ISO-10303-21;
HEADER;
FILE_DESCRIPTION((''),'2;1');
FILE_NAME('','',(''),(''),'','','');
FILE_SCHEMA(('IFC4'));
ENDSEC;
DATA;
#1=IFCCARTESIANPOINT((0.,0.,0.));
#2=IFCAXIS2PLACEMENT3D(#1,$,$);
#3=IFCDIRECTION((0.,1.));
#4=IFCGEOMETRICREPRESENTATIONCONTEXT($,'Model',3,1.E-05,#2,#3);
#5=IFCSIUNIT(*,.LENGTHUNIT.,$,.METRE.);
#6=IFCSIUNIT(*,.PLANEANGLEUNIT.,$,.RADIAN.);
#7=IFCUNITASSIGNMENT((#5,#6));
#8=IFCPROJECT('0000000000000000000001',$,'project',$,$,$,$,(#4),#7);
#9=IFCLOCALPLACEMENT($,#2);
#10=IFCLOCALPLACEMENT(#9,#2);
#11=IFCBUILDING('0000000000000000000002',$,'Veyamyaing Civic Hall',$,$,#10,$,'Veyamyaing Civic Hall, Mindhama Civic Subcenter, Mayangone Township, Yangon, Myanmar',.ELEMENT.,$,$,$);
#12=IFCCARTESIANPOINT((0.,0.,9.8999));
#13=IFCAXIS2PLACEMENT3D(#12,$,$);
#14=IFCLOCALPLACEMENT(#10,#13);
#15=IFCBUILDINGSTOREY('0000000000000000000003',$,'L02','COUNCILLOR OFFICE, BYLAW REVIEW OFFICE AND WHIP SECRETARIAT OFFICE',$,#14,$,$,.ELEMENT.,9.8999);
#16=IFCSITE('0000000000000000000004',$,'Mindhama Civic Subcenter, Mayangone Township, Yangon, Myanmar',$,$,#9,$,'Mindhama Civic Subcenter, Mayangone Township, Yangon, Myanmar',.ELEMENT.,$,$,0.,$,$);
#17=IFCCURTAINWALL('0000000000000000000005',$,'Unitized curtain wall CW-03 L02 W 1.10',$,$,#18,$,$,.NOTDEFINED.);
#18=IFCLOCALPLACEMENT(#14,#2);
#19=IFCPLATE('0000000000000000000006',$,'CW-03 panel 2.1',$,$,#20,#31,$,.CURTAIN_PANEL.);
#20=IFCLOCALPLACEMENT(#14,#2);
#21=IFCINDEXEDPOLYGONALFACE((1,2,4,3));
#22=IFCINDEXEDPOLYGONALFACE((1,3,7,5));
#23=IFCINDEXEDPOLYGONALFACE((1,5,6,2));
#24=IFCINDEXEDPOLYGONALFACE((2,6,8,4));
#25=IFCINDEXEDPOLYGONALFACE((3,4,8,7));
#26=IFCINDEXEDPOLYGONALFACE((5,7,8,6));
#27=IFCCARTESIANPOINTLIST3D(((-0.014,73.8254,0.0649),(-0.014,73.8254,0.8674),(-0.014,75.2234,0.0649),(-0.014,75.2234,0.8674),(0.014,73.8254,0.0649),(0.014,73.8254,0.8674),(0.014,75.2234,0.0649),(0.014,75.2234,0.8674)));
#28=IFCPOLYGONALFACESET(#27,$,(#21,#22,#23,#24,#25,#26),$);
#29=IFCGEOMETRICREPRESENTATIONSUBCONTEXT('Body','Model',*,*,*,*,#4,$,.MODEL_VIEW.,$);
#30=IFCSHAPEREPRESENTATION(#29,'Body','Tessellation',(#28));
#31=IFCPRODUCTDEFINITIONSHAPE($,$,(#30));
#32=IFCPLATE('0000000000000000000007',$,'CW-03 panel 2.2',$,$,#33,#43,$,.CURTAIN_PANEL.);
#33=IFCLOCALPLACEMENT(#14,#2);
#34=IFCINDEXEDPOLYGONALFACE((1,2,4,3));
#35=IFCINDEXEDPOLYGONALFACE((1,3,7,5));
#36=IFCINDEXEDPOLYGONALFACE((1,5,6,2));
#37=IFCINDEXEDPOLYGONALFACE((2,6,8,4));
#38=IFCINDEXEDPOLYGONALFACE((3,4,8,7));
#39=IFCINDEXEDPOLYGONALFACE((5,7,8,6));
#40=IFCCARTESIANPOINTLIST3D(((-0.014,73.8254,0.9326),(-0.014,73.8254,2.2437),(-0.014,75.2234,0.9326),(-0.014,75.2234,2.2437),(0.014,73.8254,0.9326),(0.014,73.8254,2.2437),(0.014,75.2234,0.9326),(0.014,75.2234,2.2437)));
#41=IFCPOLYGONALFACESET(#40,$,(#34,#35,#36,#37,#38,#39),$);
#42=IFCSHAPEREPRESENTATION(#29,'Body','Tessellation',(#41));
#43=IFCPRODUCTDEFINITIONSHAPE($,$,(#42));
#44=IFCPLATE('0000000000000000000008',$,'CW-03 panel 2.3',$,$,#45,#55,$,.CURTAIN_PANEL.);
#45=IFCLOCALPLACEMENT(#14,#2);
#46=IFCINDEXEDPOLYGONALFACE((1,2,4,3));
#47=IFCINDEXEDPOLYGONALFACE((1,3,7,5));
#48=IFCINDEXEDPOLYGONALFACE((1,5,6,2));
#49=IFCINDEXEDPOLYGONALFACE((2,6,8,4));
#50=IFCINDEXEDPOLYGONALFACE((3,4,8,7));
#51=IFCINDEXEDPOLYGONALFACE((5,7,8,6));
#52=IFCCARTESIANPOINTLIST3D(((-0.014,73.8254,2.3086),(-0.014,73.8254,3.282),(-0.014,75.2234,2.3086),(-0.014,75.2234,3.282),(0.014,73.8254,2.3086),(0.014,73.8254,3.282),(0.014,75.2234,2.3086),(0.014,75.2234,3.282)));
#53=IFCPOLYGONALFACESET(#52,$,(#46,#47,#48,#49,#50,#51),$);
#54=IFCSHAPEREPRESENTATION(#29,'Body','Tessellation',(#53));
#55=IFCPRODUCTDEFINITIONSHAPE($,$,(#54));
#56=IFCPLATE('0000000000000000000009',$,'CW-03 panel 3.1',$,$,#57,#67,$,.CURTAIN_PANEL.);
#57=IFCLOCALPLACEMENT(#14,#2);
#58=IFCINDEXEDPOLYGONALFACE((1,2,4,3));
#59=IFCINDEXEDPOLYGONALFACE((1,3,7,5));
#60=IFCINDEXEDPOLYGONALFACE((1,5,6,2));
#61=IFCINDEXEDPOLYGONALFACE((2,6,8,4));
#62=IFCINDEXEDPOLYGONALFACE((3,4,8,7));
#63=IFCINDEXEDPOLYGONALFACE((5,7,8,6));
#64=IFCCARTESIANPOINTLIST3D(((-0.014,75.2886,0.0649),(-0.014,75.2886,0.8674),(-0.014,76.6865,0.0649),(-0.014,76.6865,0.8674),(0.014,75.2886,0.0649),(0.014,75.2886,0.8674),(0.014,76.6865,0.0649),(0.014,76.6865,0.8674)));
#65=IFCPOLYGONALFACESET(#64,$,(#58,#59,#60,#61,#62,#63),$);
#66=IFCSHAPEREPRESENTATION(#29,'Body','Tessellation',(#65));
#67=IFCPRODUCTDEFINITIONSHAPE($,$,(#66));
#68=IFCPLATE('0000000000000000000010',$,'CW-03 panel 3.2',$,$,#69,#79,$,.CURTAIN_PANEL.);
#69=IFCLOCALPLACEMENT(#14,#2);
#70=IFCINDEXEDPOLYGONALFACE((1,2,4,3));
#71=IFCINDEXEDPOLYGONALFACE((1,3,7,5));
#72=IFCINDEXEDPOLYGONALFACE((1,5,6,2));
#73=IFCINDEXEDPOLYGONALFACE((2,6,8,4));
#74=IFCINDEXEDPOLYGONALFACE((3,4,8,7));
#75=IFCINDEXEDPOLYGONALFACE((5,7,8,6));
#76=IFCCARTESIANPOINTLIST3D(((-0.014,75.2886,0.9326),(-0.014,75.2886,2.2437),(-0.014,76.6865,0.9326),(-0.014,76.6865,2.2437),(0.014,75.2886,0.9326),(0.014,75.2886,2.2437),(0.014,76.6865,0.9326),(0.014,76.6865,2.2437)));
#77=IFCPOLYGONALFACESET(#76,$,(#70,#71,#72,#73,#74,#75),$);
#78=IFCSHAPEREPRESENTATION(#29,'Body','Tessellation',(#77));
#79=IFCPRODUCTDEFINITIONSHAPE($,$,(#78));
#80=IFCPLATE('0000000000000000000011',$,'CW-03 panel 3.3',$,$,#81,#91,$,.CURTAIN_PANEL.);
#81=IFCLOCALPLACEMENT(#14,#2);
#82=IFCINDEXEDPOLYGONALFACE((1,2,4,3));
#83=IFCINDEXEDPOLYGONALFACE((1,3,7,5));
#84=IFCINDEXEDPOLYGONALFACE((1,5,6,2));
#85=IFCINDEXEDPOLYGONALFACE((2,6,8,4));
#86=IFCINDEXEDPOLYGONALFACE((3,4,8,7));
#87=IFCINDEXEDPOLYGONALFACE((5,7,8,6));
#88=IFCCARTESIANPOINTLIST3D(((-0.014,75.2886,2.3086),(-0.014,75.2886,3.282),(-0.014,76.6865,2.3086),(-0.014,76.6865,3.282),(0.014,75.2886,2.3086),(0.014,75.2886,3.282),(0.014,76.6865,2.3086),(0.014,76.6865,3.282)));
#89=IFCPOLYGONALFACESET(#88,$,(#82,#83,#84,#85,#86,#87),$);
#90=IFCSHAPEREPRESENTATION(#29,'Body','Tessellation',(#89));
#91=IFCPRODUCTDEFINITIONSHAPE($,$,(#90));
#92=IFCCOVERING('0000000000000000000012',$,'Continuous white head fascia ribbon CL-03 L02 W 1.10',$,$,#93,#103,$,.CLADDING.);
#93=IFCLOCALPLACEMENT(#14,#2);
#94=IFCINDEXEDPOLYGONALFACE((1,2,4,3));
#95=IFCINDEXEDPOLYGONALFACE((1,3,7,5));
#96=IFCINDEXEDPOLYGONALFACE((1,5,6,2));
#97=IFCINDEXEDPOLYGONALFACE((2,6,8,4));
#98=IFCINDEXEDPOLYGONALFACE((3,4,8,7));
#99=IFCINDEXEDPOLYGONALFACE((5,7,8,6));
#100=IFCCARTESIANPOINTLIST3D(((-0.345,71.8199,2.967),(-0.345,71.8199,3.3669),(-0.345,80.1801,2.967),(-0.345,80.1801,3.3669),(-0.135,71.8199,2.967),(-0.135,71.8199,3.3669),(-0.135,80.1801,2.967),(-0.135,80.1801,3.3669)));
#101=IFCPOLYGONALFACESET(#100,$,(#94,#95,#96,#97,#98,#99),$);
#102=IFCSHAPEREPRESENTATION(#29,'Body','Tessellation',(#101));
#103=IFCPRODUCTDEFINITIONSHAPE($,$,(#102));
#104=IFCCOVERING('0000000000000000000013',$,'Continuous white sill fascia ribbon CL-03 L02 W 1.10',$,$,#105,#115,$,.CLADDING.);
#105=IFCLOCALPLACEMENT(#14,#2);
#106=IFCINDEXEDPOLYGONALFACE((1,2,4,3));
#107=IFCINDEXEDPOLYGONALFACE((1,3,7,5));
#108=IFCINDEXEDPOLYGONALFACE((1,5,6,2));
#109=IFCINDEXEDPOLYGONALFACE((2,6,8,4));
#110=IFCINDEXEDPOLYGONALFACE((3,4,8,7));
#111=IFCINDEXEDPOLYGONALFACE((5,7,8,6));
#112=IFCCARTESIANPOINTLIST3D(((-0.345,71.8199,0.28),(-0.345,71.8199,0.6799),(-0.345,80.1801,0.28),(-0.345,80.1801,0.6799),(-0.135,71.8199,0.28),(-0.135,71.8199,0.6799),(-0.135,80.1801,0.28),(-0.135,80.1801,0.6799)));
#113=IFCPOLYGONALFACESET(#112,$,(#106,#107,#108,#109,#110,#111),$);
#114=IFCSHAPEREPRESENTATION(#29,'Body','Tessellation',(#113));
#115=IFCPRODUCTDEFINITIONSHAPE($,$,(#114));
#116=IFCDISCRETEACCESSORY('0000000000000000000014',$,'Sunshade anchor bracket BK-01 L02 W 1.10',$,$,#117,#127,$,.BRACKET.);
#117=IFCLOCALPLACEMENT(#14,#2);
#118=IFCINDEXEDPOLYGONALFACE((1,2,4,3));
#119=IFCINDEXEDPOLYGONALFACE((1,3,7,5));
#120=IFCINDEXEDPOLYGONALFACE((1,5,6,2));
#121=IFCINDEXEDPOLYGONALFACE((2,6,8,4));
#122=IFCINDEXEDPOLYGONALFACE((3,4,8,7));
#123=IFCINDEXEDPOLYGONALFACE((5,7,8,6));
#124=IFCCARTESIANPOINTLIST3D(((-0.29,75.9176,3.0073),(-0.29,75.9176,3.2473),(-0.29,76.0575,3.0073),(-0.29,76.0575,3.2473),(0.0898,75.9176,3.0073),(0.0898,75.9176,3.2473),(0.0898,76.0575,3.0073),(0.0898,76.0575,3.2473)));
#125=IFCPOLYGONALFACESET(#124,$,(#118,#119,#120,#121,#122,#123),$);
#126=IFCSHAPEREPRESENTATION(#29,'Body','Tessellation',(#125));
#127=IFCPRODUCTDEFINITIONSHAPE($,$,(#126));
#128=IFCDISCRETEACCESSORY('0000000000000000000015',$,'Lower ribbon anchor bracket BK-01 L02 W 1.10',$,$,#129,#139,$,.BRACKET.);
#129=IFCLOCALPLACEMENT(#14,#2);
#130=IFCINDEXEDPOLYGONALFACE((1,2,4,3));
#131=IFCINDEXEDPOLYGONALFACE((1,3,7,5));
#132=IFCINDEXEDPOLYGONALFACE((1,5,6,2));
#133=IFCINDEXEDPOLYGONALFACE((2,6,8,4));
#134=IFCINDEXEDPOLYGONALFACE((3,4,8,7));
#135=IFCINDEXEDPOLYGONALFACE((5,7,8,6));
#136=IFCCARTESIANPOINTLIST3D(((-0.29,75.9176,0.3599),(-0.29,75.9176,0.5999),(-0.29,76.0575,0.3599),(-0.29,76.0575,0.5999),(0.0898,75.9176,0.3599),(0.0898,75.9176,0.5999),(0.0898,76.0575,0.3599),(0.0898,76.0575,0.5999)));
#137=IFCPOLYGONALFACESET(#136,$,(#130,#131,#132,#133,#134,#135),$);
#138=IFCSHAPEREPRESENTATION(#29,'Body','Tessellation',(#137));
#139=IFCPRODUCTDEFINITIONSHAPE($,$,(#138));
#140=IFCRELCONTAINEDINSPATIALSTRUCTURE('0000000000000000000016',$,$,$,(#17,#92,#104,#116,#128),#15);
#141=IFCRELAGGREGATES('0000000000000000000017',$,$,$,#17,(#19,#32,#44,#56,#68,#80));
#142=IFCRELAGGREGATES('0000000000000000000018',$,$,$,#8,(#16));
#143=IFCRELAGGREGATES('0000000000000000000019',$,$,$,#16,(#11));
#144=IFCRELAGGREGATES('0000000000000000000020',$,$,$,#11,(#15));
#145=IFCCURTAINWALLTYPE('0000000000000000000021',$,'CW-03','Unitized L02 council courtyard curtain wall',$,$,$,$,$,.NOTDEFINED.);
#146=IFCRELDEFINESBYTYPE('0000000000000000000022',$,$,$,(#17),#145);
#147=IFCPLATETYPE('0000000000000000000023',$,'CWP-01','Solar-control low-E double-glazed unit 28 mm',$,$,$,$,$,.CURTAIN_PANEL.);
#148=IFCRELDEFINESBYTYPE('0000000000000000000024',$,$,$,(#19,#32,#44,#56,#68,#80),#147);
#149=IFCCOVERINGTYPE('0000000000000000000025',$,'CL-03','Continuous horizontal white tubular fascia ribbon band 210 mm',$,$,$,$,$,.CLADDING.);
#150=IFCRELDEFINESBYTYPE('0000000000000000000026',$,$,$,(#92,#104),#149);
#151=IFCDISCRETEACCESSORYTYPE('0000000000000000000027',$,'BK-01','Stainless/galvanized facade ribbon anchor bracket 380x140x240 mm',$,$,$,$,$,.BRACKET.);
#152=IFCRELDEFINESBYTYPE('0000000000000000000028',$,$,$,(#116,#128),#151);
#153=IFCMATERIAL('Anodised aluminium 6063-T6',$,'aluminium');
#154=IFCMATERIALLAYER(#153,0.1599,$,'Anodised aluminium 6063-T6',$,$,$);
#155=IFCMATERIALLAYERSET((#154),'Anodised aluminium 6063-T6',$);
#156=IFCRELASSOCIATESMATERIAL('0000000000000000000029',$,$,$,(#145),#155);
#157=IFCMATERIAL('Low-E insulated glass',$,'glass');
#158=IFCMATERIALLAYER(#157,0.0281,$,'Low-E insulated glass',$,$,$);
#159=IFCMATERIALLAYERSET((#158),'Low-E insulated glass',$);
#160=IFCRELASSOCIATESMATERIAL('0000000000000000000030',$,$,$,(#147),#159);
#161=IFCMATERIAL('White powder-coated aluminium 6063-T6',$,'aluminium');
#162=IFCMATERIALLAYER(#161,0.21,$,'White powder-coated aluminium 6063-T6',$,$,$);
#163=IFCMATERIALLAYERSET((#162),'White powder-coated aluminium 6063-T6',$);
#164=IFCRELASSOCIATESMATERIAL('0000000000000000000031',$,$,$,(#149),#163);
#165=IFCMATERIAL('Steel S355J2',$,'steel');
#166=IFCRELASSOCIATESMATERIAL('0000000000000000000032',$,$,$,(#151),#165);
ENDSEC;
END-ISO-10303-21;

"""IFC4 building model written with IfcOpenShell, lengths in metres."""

from ifc_helpers import new_model, si_unit, direction, frame, origin, origin_2d, place, context, subcontext, project, spatial, rectangle, extrude, material, layer, layer_set, type_object, element, aggregate, save


model = new_model("IFC4")

# Units and contexts
model_context = context("Model", 3, precision=1e-05, world=origin(), true_north=direction((0.0, 1.0)))
body_context = subcontext(model_context, "Body", "Model", "MODEL_VIEW")
ifc_project = project(units=[si_unit("LENGTHUNIT", "METRE"), si_unit("PLANEANGLEUNIT", "RADIAN")], contexts=[model_context])

# Site, building, storey
site_placement = place(None, origin())
site = spatial("IfcSite", under=ifc_project, at=site_placement, Name="Mindhama Civic Subcenter, Mayangone Township, Yangon, Myanmar", LongName="Mindhama Civic Subcenter, Mayangone Township, Yangon, Myanmar", CompositionType="ELEMENT", RefElevation=0.0)
building_placement = place(site_placement, origin())
building = spatial("IfcBuilding", under=site, at=building_placement, Name="Veyamyaing Civic Hall", LongName="Veyamyaing Civic Hall, Mindhama Civic Subcenter, Mayangone Township, Yangon, Myanmar", CompositionType="ELEMENT")
storey_placement = place(building_placement, frame((0.0, 0.0, 9.8999)))
storey = spatial("IfcBuildingStorey", under=building, at=storey_placement, Name="L02", Description="COUNCILLOR OFFICE, BYLAW REVIEW OFFICE AND WHIP SECRETARIAT OFFICE", CompositionType="ELEMENT", Elevation=9.8999)

# Curtain wall
ifc_material_1 = material(Name="Anodised aluminium 6063-T6", Category="aluminium")
ifc_layer_1 = layer(ifc_material_1, 0.1599, Name="Anodised aluminium 6063-T6")
ifc_layer_set_1 = layer_set([ifc_layer_1], Name="Anodised aluminium 6063-T6")
curtain_wall_type = type_object("IfcCurtainWallType", Name="CW-03", Description="Unitized L02 council courtyard curtain wall", PredefinedType="NOTDEFINED", material=ifc_layer_set_1)
curtain_wall_placement = place(storey_placement, origin())
curtain_wall = element("IfcCurtainWall", 1, at=curtain_wall_placement, inside=storey, type_object=curtain_wall_type, Name="Unitized curtain wall CW-03 L02 W 1.10", PredefinedType="NOTDEFINED")

# Plates
ifc_material_2 = material(Name="Low-E insulated glass", Category="glass")
ifc_layer_2 = layer(ifc_material_2, 0.0281, Name="Low-E insulated glass")
ifc_layer_set_2 = layer_set([ifc_layer_2], Name="Low-E insulated glass")
plate_type = type_object("IfcPlateType", Name="CWP-01", Description="Solar-control low-E double-glazed unit 28 mm", PredefinedType="CURTAIN_PANEL", material=ifc_layer_set_2)
plate_1_placement = place(storey_placement, frame((0.0, 74.5244, 0.0649), z_axis=(0.0, 0.0, 1.0), x_axis=(0.0, 1.0, 0.0)))
plate_1 = element("IfcPlate", 2, at=plate_1_placement, type_object=plate_type, Name="CW-03 panel 2.1", PredefinedType="CURTAIN_PANEL", context=body_context, shape_type="SweptSolid", body=[
    extrude(rectangle(XDim=1.3979, YDim=0.0281, at=origin_2d()), origin(), (0.0, 0.0, 1.0), 0.8025),
])
plate_2_placement = place(storey_placement, frame((0.0, 74.5244, 0.9326), z_axis=(0.0, 0.0, 1.0), x_axis=(0.0, 1.0, 0.0)))
plate_2 = element("IfcPlate", 3, at=plate_2_placement, type_object=plate_type, Name="CW-03 panel 2.2", PredefinedType="CURTAIN_PANEL", context=body_context, shape_type="SweptSolid", body=[
    extrude(rectangle(XDim=1.3979, YDim=0.0281, at=origin_2d()), origin(), (0.0, 0.0, 1.0), 1.311),
])
plate_3_placement = place(storey_placement, frame((0.0, 74.5244, 2.3086), z_axis=(0.0, 0.0, 1.0), x_axis=(0.0, 1.0, 0.0)))
plate_3 = element("IfcPlate", 4, at=plate_3_placement, type_object=plate_type, Name="CW-03 panel 2.3", PredefinedType="CURTAIN_PANEL", context=body_context, shape_type="SweptSolid", body=[
    extrude(rectangle(XDim=1.3979, YDim=0.0281, at=origin_2d()), origin(), (0.0, 0.0, 1.0), 0.9734),
])
plate_4_placement = place(storey_placement, frame((0.0, 75.9875, 0.0649), z_axis=(0.0, 0.0, 1.0), x_axis=(0.0, 1.0, 0.0)))
plate_4 = element("IfcPlate", 5, at=plate_4_placement, type_object=plate_type, Name="CW-03 panel 3.1", PredefinedType="CURTAIN_PANEL", context=body_context, shape_type="SweptSolid", body=[
    extrude(rectangle(XDim=1.3979, YDim=0.0281, at=origin_2d()), origin(), (0.0, 0.0, 1.0), 0.8025),
])
plate_5_placement = place(storey_placement, frame((0.0, 75.9875, 0.9326), z_axis=(0.0, 0.0, 1.0), x_axis=(0.0, 1.0, 0.0)))
plate_5 = element("IfcPlate", 6, at=plate_5_placement, type_object=plate_type, Name="CW-03 panel 3.2", PredefinedType="CURTAIN_PANEL", context=body_context, shape_type="SweptSolid", body=[
    extrude(rectangle(XDim=1.3979, YDim=0.0281, at=origin_2d()), origin(), (0.0, 0.0, 1.0), 1.311),
])
plate_6_placement = place(storey_placement, frame((0.0, 75.9875, 2.3086), z_axis=(0.0, 0.0, 1.0), x_axis=(0.0, 1.0, 0.0)))
plate_6 = element("IfcPlate", 7, at=plate_6_placement, type_object=plate_type, Name="CW-03 panel 3.3", PredefinedType="CURTAIN_PANEL", context=body_context, shape_type="SweptSolid", body=[
    extrude(rectangle(XDim=1.3979, YDim=0.0281, at=origin_2d()), origin(), (0.0, 0.0, 1.0), 0.9734),
])
aggregate(curtain_wall, [plate_1, plate_2, plate_3, plate_4, plate_5, plate_6])

# Coverings
ifc_material_3 = material(Name="White powder-coated aluminium 6063-T6", Category="aluminium")
ifc_layer_3 = layer(ifc_material_3, 0.21, Name="White powder-coated aluminium 6063-T6")
ifc_layer_set_3 = layer_set([ifc_layer_3], Name="White powder-coated aluminium 6063-T6")
covering_type = type_object("IfcCoveringType", Name="CL-03", Description="Continuous horizontal white tubular fascia ribbon band 210 mm", PredefinedType="CLADDING", material=ifc_layer_set_3)
for number, where, z_axis, x_axis, name in (
    (8, (-0.24, 76.0, 2.967), (0.0, 0.0, 1.0), (0.0, 1.0, 0.0), "Continuous white head fascia ribbon CL-03 L02 W 1.10"),
    (9, (-0.24, 76.0, 0.28), (0.0, 0.0, 1.0), (0.0, 1.0, 0.0), "Continuous white sill fascia ribbon CL-03 L02 W 1.10"),
):
    element("IfcCovering", number, at=place(storey_placement, frame(where, z_axis=z_axis, x_axis=x_axis)), inside=storey, type_object=covering_type, Name=name, PredefinedType="CLADDING", context=body_context, shape_type="SweptSolid", body=[
        extrude(rectangle(XDim=8.3601, YDim=0.21, at=origin_2d()), origin(), (0.0, 0.0, 1.0), 0.3999),
    ])

# Discrete accessories
ifc_material_4 = material(Name="Steel S355J2", Category="steel")
discrete_accessory_type = type_object("IfcDiscreteAccessoryType", Name="BK-01", Description="Stainless/galvanized facade ribbon anchor bracket 380x140x240 mm", PredefinedType="BRACKET", material=ifc_material_4)
for number, where, z_axis, x_axis, name in (
    (10, (-0.1001, 75.9875, 3.0073), (0.0, 0.0, 1.0), (-1.0, 0.0, 0.0), "Sunshade anchor bracket BK-01 L02 W 1.10"),
    (11, (-0.1001, 75.9875, 0.3599), (0.0, 0.0, 1.0), (-1.0, 0.0, 0.0), "Lower ribbon anchor bracket BK-01 L02 W 1.10"),
):
    element("IfcDiscreteAccessory", number, at=place(storey_placement, frame(where, z_axis=z_axis, x_axis=x_axis)), inside=storey, type_object=discrete_accessory_type, Name=name, PredefinedType="BRACKET", context=body_context, shape_type="SweptSolid", body=[
        extrude(rectangle(XDim=0.3799, YDim=0.1399, at=origin_2d()), origin(), (0.0, 0.0, 1.0), 0.24),
    ])

save(model, "model.ifc")
